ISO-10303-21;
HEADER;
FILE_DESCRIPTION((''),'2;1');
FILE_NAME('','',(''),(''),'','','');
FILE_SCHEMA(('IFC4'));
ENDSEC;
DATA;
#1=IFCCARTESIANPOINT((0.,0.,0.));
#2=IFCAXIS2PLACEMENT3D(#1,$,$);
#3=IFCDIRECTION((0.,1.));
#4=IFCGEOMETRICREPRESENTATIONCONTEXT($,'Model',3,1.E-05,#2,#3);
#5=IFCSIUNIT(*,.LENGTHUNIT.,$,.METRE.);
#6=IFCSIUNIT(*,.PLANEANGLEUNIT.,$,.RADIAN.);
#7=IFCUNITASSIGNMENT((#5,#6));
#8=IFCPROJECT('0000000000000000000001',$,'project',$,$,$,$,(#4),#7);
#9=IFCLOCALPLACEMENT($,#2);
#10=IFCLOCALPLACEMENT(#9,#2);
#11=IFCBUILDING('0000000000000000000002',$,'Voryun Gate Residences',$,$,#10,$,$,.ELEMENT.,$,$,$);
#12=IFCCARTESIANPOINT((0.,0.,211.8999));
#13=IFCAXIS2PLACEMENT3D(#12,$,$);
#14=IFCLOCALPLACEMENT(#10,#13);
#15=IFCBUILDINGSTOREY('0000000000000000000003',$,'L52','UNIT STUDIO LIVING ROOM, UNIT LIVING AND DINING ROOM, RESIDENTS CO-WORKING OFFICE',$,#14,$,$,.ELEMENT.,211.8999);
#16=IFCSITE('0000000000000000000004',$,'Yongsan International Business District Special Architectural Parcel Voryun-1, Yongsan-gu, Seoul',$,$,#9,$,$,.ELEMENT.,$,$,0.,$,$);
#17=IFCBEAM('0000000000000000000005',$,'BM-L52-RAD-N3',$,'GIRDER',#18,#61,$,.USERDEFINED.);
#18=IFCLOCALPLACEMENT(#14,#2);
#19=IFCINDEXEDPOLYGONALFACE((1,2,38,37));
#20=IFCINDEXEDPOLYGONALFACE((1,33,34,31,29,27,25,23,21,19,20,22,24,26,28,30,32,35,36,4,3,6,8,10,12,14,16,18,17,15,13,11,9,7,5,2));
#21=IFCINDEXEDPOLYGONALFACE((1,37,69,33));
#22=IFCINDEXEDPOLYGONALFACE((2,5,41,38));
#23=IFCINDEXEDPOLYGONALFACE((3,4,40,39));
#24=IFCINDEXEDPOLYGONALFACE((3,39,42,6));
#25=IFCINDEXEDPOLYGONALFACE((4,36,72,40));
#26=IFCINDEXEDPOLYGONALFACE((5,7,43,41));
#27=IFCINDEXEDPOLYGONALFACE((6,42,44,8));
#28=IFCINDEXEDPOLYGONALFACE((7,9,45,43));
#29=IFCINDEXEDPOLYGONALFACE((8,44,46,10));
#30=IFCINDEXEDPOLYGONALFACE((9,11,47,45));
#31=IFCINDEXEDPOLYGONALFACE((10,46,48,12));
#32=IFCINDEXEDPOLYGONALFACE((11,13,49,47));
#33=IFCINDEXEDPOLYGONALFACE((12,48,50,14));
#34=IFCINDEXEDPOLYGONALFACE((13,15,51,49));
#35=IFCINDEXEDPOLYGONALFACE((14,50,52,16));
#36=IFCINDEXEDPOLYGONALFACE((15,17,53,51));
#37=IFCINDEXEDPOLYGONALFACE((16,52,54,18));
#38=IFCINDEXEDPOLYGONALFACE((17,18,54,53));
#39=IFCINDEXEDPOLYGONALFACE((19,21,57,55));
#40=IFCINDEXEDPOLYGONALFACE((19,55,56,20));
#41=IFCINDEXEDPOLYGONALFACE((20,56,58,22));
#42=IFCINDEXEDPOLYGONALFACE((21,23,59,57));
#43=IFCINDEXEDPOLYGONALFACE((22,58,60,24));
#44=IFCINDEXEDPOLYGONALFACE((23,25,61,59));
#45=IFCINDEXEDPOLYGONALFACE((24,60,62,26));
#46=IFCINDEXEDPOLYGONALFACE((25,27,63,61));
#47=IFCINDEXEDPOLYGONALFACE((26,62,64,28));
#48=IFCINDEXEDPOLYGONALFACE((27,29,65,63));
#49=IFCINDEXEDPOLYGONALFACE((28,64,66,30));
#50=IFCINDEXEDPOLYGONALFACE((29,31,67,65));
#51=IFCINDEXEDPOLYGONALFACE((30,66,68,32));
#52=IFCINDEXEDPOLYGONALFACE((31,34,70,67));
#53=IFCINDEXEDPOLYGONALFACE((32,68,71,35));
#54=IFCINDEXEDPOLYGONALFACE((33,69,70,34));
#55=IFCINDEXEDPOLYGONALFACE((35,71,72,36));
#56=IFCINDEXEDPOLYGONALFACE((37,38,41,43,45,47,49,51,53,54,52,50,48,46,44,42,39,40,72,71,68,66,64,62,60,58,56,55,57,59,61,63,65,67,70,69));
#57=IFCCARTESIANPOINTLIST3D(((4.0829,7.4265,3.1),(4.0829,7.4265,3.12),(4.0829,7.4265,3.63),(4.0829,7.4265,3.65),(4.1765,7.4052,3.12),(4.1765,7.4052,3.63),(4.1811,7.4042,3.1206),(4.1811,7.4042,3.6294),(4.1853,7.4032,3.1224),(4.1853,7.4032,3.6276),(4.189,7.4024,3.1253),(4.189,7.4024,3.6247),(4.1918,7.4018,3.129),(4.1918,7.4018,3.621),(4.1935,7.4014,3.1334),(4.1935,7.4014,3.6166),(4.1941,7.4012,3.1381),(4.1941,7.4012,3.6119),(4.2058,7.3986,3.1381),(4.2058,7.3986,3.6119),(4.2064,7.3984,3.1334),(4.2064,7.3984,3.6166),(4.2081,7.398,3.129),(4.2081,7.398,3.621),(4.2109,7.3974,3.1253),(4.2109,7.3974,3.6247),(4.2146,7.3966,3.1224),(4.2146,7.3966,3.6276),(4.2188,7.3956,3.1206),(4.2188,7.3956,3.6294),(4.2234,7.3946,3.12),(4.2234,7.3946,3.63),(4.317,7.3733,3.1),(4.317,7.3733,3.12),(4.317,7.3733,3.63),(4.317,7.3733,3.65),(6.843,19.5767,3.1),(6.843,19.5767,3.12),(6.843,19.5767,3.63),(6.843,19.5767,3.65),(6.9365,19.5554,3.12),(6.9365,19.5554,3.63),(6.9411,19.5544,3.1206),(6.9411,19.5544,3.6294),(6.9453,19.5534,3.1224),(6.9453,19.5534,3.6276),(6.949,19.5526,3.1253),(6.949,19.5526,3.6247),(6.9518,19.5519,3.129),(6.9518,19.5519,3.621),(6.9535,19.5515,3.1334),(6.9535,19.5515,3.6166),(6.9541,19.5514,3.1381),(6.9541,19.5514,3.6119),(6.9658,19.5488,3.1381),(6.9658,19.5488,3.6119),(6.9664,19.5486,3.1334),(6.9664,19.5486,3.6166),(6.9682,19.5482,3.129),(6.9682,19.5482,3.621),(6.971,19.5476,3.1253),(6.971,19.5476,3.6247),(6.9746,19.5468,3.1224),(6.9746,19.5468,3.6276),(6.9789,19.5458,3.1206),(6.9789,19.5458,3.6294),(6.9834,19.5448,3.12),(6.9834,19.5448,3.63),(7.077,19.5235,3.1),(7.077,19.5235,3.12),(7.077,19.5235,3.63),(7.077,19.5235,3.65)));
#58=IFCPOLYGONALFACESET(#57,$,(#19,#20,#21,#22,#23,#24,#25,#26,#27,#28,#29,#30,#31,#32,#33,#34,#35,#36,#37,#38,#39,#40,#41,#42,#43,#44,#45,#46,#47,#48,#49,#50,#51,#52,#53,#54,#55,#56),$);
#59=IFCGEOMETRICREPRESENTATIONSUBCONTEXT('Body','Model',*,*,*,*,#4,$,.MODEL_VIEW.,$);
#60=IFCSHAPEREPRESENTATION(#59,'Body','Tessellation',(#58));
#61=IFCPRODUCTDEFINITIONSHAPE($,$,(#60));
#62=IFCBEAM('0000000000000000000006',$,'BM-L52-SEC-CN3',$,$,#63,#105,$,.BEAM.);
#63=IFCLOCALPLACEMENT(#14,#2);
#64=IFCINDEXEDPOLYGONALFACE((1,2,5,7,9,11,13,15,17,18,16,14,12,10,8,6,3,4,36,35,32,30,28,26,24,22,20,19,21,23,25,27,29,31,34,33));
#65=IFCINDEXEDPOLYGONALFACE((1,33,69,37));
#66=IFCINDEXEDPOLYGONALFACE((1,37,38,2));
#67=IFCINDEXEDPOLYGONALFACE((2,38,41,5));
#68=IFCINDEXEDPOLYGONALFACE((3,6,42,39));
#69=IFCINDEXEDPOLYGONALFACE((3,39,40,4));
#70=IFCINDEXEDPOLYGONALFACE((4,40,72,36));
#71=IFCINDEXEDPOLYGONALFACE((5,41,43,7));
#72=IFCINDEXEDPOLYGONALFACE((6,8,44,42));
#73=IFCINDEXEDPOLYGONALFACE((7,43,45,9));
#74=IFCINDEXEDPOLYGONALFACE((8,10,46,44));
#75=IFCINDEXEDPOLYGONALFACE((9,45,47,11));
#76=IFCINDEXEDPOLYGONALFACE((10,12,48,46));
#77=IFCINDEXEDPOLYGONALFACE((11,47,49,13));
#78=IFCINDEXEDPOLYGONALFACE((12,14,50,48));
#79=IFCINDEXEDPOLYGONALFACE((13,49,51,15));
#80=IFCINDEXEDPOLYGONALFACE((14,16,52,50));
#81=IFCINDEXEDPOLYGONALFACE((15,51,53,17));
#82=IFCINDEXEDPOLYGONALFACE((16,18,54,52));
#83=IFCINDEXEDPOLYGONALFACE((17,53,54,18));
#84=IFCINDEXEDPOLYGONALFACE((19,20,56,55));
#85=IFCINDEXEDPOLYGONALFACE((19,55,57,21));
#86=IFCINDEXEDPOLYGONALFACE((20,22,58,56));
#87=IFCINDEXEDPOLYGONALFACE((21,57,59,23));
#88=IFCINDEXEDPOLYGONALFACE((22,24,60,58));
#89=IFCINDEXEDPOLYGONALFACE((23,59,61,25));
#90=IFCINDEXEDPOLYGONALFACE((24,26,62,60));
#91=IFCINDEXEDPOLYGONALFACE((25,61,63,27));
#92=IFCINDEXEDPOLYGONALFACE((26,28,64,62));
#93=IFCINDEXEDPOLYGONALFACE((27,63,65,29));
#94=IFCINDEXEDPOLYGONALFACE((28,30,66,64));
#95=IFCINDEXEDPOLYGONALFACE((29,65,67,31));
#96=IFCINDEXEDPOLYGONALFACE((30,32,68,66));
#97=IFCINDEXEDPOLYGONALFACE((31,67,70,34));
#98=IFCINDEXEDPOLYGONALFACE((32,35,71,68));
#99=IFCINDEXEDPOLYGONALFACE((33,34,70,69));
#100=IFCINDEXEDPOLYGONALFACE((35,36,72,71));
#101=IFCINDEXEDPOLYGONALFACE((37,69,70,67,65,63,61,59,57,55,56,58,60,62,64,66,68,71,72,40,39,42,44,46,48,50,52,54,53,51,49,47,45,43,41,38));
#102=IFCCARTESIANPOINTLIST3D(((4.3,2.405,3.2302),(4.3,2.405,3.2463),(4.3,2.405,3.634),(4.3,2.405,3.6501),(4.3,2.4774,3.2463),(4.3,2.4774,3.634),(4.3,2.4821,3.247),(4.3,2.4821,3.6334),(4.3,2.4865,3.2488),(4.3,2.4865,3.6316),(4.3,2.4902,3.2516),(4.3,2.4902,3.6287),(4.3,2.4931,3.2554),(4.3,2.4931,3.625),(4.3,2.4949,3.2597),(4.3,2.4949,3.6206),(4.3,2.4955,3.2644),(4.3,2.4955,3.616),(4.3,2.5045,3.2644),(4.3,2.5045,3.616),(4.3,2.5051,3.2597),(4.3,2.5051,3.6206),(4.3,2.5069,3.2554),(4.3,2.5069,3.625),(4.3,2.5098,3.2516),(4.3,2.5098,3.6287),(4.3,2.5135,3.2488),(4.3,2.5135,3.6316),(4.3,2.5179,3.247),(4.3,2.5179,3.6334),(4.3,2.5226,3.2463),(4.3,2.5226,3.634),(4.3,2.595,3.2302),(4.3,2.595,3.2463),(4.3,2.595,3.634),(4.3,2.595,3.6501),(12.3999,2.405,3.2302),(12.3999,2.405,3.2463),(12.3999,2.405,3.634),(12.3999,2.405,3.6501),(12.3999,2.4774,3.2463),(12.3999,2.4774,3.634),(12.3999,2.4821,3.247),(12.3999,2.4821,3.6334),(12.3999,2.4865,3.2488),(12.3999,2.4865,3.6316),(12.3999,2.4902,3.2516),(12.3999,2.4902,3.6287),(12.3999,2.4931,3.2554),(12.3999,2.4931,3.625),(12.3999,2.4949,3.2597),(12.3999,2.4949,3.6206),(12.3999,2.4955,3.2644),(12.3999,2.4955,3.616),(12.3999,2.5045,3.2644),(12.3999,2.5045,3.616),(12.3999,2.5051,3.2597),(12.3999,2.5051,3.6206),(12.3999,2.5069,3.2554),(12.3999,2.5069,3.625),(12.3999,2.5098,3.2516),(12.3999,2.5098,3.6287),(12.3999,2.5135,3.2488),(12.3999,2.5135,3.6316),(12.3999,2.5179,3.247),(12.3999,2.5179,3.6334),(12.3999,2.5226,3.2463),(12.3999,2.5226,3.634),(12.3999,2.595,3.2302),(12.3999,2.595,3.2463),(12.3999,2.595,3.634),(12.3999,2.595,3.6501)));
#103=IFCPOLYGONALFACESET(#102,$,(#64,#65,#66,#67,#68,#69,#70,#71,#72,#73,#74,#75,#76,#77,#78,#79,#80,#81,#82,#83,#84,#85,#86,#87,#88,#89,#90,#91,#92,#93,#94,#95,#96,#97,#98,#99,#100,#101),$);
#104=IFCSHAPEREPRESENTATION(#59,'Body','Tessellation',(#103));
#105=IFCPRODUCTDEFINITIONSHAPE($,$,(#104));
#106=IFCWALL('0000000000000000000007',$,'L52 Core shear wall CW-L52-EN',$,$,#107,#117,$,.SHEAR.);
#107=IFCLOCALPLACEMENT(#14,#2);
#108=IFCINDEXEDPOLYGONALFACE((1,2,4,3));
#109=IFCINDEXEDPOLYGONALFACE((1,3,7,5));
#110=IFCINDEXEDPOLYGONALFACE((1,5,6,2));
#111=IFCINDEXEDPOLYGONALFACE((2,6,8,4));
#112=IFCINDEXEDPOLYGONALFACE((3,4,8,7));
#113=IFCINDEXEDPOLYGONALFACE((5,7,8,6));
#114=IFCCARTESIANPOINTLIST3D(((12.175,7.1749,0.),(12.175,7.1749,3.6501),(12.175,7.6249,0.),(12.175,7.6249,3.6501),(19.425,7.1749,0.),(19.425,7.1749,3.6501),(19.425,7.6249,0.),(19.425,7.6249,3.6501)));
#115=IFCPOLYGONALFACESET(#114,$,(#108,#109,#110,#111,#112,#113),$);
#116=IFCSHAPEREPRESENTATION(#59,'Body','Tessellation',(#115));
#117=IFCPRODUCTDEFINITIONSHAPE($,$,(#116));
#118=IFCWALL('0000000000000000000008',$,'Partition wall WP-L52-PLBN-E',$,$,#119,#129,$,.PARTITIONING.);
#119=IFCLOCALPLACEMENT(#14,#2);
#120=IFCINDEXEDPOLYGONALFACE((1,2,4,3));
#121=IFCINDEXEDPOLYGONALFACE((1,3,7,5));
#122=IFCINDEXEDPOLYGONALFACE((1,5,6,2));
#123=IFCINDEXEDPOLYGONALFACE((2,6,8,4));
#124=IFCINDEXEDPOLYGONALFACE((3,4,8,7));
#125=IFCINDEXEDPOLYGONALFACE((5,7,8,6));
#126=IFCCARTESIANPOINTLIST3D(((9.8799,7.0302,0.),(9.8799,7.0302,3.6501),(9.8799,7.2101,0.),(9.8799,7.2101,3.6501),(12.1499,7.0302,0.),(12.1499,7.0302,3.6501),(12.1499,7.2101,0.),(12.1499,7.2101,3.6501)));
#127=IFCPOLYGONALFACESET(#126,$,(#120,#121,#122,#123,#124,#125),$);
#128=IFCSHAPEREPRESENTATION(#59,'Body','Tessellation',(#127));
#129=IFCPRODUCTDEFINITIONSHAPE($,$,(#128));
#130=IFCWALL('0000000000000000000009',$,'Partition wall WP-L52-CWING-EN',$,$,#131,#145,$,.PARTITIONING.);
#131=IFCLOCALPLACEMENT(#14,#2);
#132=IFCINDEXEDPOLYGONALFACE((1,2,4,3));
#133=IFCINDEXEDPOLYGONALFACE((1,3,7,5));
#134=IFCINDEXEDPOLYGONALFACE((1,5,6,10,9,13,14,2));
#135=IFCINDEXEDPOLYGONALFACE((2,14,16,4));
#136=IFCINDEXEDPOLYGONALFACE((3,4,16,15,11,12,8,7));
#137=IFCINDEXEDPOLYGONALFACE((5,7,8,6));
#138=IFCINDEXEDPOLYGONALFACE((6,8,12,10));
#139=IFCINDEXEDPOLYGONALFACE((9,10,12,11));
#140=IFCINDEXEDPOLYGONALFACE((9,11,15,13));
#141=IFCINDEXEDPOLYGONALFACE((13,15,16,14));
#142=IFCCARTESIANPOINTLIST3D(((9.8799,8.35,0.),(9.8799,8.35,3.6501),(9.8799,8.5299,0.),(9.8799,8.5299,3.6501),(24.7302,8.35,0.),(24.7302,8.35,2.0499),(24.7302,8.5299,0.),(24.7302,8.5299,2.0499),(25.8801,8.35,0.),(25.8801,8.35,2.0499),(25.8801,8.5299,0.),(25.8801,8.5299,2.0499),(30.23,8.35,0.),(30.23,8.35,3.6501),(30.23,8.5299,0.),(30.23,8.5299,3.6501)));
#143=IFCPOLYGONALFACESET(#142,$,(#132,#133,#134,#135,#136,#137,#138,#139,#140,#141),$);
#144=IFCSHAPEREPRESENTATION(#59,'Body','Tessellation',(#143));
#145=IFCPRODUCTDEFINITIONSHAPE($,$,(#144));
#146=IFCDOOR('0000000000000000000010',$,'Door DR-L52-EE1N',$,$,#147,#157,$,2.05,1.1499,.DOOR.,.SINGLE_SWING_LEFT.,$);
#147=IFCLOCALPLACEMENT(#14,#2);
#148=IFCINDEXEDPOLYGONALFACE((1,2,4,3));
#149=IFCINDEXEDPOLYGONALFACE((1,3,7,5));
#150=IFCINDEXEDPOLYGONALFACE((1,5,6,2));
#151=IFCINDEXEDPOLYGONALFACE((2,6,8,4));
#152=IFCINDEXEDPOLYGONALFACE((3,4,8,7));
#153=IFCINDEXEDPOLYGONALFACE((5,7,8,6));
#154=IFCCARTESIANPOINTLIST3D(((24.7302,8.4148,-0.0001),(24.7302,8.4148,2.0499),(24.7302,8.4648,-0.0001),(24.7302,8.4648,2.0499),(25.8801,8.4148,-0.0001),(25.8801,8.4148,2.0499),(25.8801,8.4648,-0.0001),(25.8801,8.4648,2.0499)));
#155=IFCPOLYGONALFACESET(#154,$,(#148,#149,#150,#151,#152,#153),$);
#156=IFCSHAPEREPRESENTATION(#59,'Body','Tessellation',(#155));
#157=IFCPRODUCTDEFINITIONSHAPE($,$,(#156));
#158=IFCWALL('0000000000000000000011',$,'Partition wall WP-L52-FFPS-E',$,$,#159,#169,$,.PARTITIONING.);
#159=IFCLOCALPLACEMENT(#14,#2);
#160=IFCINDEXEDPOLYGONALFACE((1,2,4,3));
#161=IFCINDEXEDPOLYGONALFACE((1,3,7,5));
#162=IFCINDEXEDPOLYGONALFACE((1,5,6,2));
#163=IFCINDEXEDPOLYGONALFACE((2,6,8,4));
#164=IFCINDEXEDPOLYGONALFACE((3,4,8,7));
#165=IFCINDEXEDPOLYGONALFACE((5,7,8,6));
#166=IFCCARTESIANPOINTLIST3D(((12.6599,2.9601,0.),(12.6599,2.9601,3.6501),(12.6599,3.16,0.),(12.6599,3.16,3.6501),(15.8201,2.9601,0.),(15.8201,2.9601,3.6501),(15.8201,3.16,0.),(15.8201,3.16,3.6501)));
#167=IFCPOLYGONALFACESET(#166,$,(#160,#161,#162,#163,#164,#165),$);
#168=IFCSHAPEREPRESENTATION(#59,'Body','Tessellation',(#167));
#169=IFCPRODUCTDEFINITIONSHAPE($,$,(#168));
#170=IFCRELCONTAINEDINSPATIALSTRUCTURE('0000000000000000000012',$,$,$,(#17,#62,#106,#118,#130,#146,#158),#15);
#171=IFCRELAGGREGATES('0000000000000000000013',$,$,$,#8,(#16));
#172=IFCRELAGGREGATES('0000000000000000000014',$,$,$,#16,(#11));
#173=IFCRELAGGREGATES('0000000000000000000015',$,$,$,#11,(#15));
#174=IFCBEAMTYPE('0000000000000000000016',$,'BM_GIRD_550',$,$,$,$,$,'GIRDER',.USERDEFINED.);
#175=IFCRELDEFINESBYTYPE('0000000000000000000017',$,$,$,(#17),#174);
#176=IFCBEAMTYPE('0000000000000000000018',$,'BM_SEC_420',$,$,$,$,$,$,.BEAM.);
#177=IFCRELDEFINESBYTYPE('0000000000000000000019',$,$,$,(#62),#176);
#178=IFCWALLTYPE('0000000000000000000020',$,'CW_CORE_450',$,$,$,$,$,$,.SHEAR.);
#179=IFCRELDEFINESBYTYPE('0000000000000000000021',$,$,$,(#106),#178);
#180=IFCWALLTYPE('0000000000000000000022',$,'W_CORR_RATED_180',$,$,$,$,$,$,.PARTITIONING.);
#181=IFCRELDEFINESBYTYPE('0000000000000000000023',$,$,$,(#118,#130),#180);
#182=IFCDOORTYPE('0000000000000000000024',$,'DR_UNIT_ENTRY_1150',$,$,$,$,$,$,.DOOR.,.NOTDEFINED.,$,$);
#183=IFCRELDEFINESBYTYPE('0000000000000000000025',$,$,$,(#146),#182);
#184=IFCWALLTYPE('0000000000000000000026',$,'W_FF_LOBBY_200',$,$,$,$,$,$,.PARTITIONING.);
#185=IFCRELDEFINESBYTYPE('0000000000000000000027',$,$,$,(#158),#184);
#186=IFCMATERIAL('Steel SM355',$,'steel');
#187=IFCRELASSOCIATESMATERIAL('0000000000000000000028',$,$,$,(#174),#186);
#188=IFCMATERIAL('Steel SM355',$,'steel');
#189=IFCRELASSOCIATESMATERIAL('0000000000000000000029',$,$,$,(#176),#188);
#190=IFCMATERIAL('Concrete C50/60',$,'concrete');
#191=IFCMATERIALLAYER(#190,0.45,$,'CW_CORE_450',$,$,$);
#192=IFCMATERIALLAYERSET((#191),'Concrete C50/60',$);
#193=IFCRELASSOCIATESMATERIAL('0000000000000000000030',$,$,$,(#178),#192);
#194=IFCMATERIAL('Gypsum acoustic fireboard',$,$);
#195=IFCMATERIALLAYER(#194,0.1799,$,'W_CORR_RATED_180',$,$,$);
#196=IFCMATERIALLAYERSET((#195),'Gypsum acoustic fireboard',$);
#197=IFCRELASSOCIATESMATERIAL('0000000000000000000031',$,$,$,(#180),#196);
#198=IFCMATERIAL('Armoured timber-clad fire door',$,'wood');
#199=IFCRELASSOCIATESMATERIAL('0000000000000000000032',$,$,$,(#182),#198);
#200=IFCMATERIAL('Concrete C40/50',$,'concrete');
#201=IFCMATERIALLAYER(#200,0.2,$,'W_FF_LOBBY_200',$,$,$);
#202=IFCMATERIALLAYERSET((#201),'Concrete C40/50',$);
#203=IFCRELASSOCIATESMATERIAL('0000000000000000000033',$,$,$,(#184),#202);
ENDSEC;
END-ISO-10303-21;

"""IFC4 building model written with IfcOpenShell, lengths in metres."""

from ifc_helpers import new_model, si_unit, direction, frame, frame_2d, origin, origin_2d, place, context, subcontext, project, spatial, rectangle, i_section, extrude, material, layer, layer_set, material_profile, profile_set, type_object, element, fill, save


model = new_model("IFC4")

# Units and contexts
model_context = context("Model", 3, precision=1e-05, world=origin(), true_north=direction((0.0, 1.0)))
body_context = subcontext(model_context, "Body", "Model", "MODEL_VIEW")
ifc_project = project(units=[si_unit("LENGTHUNIT", "METRE"), si_unit("PLANEANGLEUNIT", "RADIAN")], contexts=[model_context])

# Site, building, storey
site_placement = place(None, origin())
site = spatial("IfcSite", under=ifc_project, at=site_placement, Name="Yongsan International Business District Special Architectural Parcel Voryun-1, Yongsan-gu, Seoul", CompositionType="ELEMENT", RefElevation=0.0)
building_placement = place(site_placement, origin())
building = spatial("IfcBuilding", under=site, at=building_placement, Name="Voryun Gate Residences", CompositionType="ELEMENT")
storey_placement = place(building_placement, frame((0.0, 0.0, 211.8999)))
storey = spatial("IfcBuildingStorey", under=building, at=storey_placement, Name="L52", Description="UNIT STUDIO LIVING ROOM, UNIT LIVING AND DINING ROOM, RESIDENTS CO-WORKING OFFICE", CompositionType="ELEMENT", Elevation=211.8999)

# Beams
ifc_material_1 = material(Name="Steel SM355", Category="steel")
ifc_material_profile_1 = material_profile(ifc_material_1, i_section(OverallWidth=0.24, OverallDepth=0.55, WebThickness=0.012, FlangeThickness=0.02, FilletRadius=0.0181, at=origin_2d()), Name="H-550x240x12x20")
ifc_profile_set_1 = profile_set([ifc_material_profile_1], Name="Steel SM355")
beam_type_1 = type_object("IfcBeamType", Name="BM_GIRD_550", ElementType="GIRDER", PredefinedType="USERDEFINED", material=ifc_profile_set_1)
beam_1_placement = place(storey_placement, frame((4.2, 7.3999, 3.375), z_axis=(0.221515, 0.975157, 0.0), x_axis=(-0.975157, 0.221515, 0.0)))
element("IfcBeam", 1, at=beam_1_placement, inside=storey, type_object=beam_type_1, Name="BM-L52-RAD-N3", ObjectType="GIRDER", PredefinedType="USERDEFINED", context=body_context, shape_type="SweptSolid", body=[
    extrude(i_section(OverallWidth=0.24, OverallDepth=0.55, WebThickness=0.012, FlangeThickness=0.02, FilletRadius=0.0181, at=origin_2d()), origin(), (0.0, 0.0, 1.0), 12.4597),
])
ifc_material_2 = material(Name="Steel SM355", Category="steel")
ifc_material_profile_2 = material_profile(ifc_material_2, i_section(OverallWidth=0.1899, OverallDepth=0.4199, WebThickness=0.009, FlangeThickness=0.0161, FilletRadius=0.0181, at=origin_2d()), Name="H-420x190x9x16")
ifc_profile_set_2 = profile_set([ifc_material_profile_2], Name="Steel SM355")
beam_type_2 = type_object("IfcBeamType", Name="BM_SEC_420", PredefinedType="BEAM", material=ifc_profile_set_2)
beam_2_placement = place(storey_placement, frame((4.3, 2.5, 3.4402), z_axis=(1.0, 0.0, 0.0), x_axis=(0.0, 1.0, 0.0)))
element("IfcBeam", 2, at=beam_2_placement, inside=storey, type_object=beam_type_2, Name="BM-L52-SEC-CN3", PredefinedType="BEAM", context=body_context, shape_type="SweptSolid", body=[
    extrude(i_section(OverallWidth=0.1899, OverallDepth=0.4199, WebThickness=0.009, FlangeThickness=0.0161, FilletRadius=0.0181, at=origin_2d()), origin(), (0.0, 0.0, 1.0), 8.0999),
])

# Walls
ifc_material_3 = material(Name="Concrete C50/60", Category="concrete")
ifc_layer_1 = layer(ifc_material_3, 0.45, Name="CW_CORE_450")
ifc_layer_set_1 = layer_set([ifc_layer_1], Name="Concrete C50/60")
wall_type_1 = type_object("IfcWallType", Name="CW_CORE_450", PredefinedType="SHEAR", material=ifc_layer_set_1)
wall_1_placement = place(storey_placement, frame((12.175, 7.3999, 0.0), z_axis=(0.0, 0.0, 1.0), x_axis=(1.0, 0.0, 0.0)))
element("IfcWall", 3, at=wall_1_placement, inside=storey, type_object=wall_type_1, Name="L52 Core shear wall CW-L52-EN", PredefinedType="SHEAR", context=body_context, shape_type="SweptSolid", body=[
    extrude(rectangle(XDim=7.25, YDim=0.45, at=frame_2d((3.625, 0.0))), origin(), (0.0, 0.0, 1.0), 3.6501),
])
ifc_material_4 = material(Name="Gypsum acoustic fireboard")
ifc_layer_2 = layer(ifc_material_4, 0.1799, Name="W_CORR_RATED_180")
ifc_layer_set_2 = layer_set([ifc_layer_2], Name="Gypsum acoustic fireboard")
wall_type_2 = type_object("IfcWallType", Name="W_CORR_RATED_180", PredefinedType="PARTITIONING", material=ifc_layer_set_2)
wall_2_placement = place(storey_placement, frame((9.8799, 7.1201, 0.0), z_axis=(0.0, 0.0, 1.0), x_axis=(1.0, 0.0, 0.0)))
element("IfcWall", 4, at=wall_2_placement, inside=storey, type_object=wall_type_2, Name="Partition wall WP-L52-PLBN-E", PredefinedType="PARTITIONING", context=body_context, shape_type="SweptSolid", body=[
    extrude(rectangle(XDim=2.27, YDim=0.1799, at=frame_2d((1.135, 0.0))), origin(), (0.0, 0.0, 1.0), 3.6501),
])

# Wall, opening, door
wall_3_placement = place(storey_placement, frame((9.8799, 8.4399, 0.0), z_axis=(0.0, 0.0, 1.0), x_axis=(1.0, 0.0, 0.0)))
wall_3 = element("IfcWall", 5, at=wall_3_placement, inside=storey, type_object=wall_type_2, Name="Partition wall WP-L52-CWING-EN", PredefinedType="PARTITIONING", context=body_context, shape_type="SweptSolid", body=[
    extrude(rectangle(XDim=20.3501, YDim=0.1799, at=frame_2d((10.175, 0.0))), origin(), (0.0, 0.0, 1.0), 3.6501),
])
opening_1_placement = place(wall_3_placement, frame((14.8503, 0.0, 0.0)))
opening_1 = element("IfcOpeningElement", 6, at=opening_1_placement, cuts=wall_3, PredefinedType="OPENING", context=body_context, shape_type="SweptSolid", body=[
    extrude(rectangle(XDim=1.1499, YDim=2.05, at=frame_2d((0.575, 1.0249))), frame((0.0, 0.0999, 0.0), z_axis=(0.0, -1.0, 0.0), x_axis=(1.0, 0.0, 0.0)), (0.0, 0.0, 1.0), 0.2),
])
ifc_material_5 = material(Name="Armoured timber-clad fire door", Category="wood")
door_type_1 = type_object("IfcDoorType", Name="DR_UNIT_ENTRY_1150", OperationType="NOTDEFINED", PredefinedType="DOOR", material=ifc_material_5)
door_1_placement = place(opening_1_placement, origin())
door_1 = element("IfcDoor", 7, at=door_1_placement, inside=storey, type_object=door_type_1, Name="Door DR-L52-EE1N", OperationType="SINGLE_SWING_LEFT", OverallHeight=2.05, OverallWidth=1.1499, PredefinedType="DOOR", context=body_context, shape_type="SweptSolid", body=[
    extrude(rectangle(XDim=1.1499, YDim=2.05, at=frame_2d((0.575, 1.0249))), frame((0.0, 0.0249, 0.0), z_axis=(0.0, -1.0, 0.0), x_axis=(1.0, 0.0, 0.0)), (0.0, 0.0, 1.0), 0.05),
])
fill(opening_1, door_1)

# Wall
ifc_material_6 = material(Name="Concrete C40/50", Category="concrete")
ifc_layer_3 = layer(ifc_material_6, 0.2, Name="W_FF_LOBBY_200")
ifc_layer_set_3 = layer_set([ifc_layer_3], Name="Concrete C40/50")
wall_type_3 = type_object("IfcWallType", Name="W_FF_LOBBY_200", PredefinedType="PARTITIONING", material=ifc_layer_set_3)
wall_4_placement = place(storey_placement, frame((12.6599, 3.0601, 0.0), z_axis=(0.0, 0.0, 1.0), x_axis=(1.0, 0.0, 0.0)))
element("IfcWall", 8, at=wall_4_placement, inside=storey, type_object=wall_type_3, Name="Partition wall WP-L52-FFPS-E", PredefinedType="PARTITIONING", context=body_context, shape_type="SweptSolid", body=[
    extrude(rectangle(XDim=3.1602, YDim=0.2, at=frame_2d((1.5801, 0.0))), origin(), (0.0, 0.0, 1.0), 3.6501),
])

save(model, "model.ifc")
